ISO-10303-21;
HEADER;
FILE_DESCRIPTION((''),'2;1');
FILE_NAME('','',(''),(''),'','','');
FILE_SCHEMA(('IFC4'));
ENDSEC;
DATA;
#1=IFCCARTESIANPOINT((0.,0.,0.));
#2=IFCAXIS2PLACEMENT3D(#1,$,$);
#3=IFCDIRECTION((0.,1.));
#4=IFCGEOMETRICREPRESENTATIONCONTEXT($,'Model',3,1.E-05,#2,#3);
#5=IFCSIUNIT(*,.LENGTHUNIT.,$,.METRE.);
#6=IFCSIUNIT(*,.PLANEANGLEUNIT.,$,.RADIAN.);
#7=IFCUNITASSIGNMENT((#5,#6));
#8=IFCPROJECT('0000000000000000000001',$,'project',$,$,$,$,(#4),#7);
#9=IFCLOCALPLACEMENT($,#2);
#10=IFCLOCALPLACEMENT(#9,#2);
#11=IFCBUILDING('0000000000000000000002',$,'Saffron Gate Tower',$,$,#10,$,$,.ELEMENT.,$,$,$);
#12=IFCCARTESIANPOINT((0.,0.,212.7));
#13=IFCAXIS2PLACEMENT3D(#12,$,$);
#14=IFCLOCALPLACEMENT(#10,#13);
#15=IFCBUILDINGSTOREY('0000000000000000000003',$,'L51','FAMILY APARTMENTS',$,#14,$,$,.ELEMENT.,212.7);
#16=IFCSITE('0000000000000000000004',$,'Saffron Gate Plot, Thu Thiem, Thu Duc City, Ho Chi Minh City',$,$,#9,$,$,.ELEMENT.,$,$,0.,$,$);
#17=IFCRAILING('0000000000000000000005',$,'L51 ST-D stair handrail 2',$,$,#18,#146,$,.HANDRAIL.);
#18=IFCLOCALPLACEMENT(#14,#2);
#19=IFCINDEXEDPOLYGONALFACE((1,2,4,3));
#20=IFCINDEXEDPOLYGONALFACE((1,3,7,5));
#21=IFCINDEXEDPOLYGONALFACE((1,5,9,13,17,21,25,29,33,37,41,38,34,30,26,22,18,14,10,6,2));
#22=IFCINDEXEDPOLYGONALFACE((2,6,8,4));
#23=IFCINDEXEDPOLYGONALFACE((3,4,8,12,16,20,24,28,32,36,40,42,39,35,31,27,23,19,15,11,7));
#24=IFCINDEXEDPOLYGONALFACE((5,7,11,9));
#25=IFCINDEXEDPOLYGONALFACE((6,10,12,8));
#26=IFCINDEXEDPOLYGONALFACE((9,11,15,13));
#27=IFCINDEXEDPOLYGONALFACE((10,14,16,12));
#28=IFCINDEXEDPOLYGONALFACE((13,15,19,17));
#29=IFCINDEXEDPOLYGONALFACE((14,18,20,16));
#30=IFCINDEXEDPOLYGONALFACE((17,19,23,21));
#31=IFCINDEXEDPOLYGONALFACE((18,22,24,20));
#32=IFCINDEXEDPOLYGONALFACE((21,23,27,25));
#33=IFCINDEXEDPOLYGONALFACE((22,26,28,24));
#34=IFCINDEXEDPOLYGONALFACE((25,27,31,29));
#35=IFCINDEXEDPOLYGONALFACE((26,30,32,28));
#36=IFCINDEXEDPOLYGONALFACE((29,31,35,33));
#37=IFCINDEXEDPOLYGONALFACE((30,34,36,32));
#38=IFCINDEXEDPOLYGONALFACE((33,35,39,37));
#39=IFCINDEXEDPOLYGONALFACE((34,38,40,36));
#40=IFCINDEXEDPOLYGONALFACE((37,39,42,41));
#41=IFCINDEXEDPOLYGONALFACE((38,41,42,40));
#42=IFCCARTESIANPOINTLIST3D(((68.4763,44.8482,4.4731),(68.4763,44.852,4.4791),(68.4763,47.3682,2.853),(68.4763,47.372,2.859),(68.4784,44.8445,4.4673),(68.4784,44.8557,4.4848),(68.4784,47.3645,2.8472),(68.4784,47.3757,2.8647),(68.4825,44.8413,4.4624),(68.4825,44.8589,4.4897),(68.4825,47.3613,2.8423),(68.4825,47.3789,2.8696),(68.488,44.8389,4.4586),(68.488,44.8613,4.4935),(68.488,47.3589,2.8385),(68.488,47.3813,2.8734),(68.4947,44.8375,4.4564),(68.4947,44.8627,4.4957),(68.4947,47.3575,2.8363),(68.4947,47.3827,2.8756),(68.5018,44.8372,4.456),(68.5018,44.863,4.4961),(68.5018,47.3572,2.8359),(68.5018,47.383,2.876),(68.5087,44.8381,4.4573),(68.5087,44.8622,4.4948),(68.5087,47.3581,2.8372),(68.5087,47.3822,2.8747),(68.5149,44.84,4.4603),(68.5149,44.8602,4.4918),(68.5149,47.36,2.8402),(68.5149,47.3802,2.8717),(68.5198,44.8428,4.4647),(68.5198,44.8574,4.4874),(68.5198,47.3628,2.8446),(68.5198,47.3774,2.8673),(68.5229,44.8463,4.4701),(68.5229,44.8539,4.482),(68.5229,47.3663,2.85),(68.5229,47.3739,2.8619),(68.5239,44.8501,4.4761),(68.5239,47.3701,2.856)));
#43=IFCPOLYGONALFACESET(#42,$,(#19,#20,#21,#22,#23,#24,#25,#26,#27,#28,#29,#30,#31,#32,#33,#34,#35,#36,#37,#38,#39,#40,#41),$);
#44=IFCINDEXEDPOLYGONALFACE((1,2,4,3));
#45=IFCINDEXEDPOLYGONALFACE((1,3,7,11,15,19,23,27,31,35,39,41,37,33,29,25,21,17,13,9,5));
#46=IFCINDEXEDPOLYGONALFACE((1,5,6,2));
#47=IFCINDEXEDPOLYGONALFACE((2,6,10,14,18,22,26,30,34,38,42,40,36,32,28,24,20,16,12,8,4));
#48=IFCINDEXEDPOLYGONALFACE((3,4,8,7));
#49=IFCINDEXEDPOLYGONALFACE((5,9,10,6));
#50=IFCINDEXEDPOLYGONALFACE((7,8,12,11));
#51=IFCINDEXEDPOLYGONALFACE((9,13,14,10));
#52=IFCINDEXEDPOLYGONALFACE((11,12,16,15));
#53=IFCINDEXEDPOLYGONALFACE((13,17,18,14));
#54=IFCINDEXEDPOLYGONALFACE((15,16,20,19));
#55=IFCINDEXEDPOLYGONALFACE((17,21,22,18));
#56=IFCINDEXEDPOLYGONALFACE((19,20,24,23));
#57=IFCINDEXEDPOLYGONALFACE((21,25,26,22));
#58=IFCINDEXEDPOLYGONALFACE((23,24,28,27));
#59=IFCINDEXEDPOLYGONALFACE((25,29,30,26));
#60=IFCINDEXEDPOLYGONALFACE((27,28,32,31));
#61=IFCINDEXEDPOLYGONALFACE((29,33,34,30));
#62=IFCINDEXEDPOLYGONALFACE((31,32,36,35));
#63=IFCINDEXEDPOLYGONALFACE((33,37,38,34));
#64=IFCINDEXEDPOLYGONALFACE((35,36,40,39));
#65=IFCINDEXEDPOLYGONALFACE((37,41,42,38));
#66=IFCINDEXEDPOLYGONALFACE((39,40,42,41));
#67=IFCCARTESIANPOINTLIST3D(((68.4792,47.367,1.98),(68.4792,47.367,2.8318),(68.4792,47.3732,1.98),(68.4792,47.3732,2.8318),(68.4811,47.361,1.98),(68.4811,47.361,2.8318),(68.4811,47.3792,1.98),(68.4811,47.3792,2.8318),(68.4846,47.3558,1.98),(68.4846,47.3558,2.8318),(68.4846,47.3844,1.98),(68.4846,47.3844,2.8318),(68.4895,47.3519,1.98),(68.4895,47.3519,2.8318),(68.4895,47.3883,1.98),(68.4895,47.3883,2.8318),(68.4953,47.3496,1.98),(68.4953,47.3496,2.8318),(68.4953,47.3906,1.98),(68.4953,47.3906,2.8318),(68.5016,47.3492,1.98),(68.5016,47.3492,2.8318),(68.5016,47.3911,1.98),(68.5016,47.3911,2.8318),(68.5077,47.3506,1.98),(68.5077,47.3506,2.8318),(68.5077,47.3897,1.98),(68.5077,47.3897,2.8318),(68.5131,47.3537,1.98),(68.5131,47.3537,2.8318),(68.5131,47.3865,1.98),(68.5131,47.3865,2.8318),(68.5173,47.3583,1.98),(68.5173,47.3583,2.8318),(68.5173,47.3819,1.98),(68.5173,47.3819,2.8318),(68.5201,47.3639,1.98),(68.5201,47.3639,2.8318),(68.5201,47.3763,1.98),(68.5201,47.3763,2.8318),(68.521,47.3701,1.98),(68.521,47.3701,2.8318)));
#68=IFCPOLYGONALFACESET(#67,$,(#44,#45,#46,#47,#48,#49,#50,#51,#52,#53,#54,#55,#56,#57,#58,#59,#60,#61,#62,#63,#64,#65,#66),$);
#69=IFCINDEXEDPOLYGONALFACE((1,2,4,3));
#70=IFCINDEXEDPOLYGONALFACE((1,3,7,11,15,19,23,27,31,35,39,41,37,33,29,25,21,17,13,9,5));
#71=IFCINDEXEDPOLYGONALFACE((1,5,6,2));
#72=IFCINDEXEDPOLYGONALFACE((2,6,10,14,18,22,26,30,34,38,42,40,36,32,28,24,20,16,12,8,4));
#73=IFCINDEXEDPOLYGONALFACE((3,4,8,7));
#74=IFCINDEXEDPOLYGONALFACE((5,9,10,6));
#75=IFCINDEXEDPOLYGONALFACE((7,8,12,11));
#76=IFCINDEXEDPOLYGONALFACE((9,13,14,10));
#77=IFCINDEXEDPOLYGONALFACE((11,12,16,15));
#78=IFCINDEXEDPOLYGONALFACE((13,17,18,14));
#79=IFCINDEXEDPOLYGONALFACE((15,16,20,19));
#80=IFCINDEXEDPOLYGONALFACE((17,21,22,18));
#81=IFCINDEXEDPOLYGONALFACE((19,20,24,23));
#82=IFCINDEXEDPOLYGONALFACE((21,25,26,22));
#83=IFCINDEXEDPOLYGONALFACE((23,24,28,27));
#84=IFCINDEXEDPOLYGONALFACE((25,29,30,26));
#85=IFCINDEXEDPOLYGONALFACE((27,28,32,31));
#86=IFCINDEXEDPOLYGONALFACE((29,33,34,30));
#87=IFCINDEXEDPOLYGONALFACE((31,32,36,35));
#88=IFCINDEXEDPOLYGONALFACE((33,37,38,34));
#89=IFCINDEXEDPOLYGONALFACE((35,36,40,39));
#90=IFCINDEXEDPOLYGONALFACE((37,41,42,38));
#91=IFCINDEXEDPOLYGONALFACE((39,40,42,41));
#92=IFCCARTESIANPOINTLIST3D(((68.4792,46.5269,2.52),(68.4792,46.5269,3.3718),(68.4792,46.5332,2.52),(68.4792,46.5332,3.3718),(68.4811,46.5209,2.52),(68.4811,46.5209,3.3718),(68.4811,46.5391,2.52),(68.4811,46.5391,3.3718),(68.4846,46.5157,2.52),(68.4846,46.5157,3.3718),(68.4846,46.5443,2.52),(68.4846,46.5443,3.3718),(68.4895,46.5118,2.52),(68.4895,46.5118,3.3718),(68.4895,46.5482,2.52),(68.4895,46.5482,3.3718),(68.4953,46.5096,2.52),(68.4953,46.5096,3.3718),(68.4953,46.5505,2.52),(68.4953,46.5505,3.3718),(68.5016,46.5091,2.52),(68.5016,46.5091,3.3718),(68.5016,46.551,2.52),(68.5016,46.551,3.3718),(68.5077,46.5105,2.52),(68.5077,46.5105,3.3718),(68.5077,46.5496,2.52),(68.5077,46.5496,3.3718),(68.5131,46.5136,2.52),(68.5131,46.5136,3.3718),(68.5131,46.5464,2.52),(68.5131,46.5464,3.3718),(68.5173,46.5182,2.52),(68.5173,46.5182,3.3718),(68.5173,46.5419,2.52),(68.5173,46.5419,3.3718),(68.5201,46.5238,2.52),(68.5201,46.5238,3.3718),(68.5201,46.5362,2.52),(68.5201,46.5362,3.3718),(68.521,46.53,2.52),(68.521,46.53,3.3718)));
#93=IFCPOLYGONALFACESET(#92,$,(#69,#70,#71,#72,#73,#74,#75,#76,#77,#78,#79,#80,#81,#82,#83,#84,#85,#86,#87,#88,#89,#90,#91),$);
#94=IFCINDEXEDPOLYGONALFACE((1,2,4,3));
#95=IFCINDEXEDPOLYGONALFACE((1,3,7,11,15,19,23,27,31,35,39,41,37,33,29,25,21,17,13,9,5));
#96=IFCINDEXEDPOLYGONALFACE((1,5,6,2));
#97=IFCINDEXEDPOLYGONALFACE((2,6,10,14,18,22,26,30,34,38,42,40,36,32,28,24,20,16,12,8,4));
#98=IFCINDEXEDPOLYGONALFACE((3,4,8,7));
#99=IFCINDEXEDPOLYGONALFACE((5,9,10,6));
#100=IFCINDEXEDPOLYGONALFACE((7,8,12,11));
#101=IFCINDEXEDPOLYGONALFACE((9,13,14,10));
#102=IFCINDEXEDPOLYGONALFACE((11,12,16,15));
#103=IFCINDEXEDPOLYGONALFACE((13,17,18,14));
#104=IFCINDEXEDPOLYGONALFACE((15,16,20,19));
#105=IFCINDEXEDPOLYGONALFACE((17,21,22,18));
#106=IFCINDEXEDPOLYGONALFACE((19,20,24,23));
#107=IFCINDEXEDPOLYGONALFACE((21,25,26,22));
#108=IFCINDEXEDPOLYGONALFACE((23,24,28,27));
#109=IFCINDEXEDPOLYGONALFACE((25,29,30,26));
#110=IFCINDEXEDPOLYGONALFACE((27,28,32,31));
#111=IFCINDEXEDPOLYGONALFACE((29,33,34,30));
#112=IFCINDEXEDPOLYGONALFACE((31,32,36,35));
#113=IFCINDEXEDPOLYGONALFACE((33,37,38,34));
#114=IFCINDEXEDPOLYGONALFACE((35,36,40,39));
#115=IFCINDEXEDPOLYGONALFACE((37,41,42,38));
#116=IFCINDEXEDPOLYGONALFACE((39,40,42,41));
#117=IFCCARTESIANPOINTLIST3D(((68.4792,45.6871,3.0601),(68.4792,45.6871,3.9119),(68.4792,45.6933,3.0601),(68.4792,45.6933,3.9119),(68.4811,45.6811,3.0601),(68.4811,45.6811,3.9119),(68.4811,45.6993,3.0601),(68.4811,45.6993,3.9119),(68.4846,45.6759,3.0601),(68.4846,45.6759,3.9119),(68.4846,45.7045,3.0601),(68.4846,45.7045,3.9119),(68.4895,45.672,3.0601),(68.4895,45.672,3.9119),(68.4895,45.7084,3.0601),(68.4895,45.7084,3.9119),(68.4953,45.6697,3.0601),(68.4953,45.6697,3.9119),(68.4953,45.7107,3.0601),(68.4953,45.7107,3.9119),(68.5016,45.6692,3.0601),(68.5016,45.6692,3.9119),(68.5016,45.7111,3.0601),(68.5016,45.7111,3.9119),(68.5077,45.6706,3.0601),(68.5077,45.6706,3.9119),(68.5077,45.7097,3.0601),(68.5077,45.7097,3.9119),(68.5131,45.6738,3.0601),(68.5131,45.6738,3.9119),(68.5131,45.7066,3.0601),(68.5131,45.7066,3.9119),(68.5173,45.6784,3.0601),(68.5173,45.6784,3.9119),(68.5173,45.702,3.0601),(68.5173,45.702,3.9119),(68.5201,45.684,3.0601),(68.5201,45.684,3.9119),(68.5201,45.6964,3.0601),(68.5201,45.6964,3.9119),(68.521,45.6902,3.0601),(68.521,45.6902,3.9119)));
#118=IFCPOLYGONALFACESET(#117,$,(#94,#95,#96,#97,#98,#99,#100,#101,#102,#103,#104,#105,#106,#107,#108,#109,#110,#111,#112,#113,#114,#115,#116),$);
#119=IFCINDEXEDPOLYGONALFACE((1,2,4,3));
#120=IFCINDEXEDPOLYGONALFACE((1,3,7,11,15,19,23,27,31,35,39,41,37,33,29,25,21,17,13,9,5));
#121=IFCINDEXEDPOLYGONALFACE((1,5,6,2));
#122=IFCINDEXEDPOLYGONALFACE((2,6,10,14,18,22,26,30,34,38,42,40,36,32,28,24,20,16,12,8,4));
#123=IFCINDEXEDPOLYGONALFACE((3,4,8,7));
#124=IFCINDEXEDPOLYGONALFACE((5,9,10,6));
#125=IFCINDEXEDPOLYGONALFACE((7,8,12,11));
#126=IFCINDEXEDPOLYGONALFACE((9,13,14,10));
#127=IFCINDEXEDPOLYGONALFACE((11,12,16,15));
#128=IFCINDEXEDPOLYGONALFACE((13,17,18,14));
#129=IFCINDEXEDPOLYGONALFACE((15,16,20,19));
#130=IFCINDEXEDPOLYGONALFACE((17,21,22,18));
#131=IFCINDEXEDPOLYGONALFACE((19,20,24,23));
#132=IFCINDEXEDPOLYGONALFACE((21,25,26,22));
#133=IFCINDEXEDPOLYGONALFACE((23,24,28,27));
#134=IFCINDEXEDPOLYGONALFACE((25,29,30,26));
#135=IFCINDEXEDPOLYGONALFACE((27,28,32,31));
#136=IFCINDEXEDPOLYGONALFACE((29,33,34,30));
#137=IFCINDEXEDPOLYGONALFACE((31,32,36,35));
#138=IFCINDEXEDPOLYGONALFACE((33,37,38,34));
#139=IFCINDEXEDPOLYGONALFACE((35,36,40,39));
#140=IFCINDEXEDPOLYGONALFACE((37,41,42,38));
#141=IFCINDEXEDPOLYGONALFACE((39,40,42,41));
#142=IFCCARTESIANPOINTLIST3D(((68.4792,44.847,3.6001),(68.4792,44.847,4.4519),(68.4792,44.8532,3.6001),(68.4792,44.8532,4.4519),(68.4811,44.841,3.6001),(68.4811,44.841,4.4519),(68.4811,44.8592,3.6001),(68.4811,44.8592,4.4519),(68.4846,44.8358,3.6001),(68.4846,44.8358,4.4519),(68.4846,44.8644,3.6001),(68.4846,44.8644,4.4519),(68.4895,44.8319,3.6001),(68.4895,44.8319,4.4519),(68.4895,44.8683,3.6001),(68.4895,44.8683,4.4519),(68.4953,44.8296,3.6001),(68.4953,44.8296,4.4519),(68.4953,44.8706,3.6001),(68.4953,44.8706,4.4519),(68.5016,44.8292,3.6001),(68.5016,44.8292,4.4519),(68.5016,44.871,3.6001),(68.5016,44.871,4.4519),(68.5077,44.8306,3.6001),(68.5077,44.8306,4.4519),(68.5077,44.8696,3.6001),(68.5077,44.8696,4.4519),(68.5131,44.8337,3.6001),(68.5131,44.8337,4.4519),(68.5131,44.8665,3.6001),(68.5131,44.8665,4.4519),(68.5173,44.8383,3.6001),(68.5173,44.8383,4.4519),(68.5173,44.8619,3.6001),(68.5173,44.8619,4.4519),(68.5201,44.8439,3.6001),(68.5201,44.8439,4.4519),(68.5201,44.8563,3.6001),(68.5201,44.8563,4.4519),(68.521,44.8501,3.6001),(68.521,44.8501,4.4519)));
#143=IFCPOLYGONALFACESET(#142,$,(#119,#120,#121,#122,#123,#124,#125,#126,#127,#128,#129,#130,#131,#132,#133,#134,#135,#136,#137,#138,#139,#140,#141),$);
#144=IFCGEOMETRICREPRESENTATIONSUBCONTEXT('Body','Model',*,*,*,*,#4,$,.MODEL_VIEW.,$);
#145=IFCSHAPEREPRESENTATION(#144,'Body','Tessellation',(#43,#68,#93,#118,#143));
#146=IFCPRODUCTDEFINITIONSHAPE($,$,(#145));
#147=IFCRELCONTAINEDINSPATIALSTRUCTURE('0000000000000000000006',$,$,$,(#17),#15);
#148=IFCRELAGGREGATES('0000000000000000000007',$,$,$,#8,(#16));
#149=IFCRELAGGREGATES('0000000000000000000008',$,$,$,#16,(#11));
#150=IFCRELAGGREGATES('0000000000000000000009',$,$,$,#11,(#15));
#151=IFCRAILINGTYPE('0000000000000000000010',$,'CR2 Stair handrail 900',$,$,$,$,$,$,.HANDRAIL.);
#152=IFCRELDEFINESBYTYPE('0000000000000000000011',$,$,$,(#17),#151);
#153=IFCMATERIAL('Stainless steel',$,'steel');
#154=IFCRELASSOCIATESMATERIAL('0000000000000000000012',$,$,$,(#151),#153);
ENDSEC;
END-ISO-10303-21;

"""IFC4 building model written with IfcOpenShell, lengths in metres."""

from ifc_helpers import new_model, si_unit, direction, frame, origin, origin_2d, place, context, subcontext, project, spatial, circle, extrude, material, type_object, element, save


model = new_model("IFC4")

# Units and contexts
model_context = context("Model", 3, precision=1e-05, world=origin(), true_north=direction((0.0, 1.0)))
body_context = subcontext(model_context, "Body", "Model", "MODEL_VIEW")
ifc_project = project(units=[si_unit("LENGTHUNIT", "METRE"), si_unit("PLANEANGLEUNIT", "RADIAN")], contexts=[model_context])

# Site, building, storey
site_placement = place(None, origin())
site = spatial("IfcSite", under=ifc_project, at=site_placement, Name="Saffron Gate Plot, Thu Thiem, Thu Duc City, Ho Chi Minh City", CompositionType="ELEMENT", RefElevation=0.0)
building_placement = place(site_placement, origin())
building = spatial("IfcBuilding", under=site, at=building_placement, Name="Saffron Gate Tower", CompositionType="ELEMENT")
storey_placement = place(building_placement, frame((0.0, 0.0, 212.7)))
storey = spatial("IfcBuildingStorey", under=building, at=storey_placement, Name="L51", Description="FAMILY APARTMENTS", CompositionType="ELEMENT", Elevation=212.7)

# Railing
ifc_material_1 = material(Name="Stainless steel", Category="steel")
railing_type_1 = type_object("IfcRailingType", Name="CR2 Stair handrail 900", PredefinedType="HANDRAIL", material=ifc_material_1)
railing_1_placement = place(storey_placement, frame((68.5, 47.3701, 1.98)))
element("IfcRailing", 1, at=railing_1_placement, inside=storey, type_object=railing_type_1, Name="L51 ST-D stair handrail 2", PredefinedType="HANDRAIL", context=body_context, shape_type="SweptSolid", body=[
    extrude(circle(Radius=0.0239, at=origin_2d()), frame((0.0, 0.0, 0.876), z_axis=(0.0, -0.841163, 0.540782), x_axis=(1.0, 0.0, 0.0)), (0.0, 0.0, 1.0), 2.9958),
    extrude(circle(Radius=0.021, at=origin_2d()), origin(), (0.0, 0.0, 1.0), 0.8518),
    extrude(circle(Radius=0.021, at=origin_2d()), frame((0.0, -0.8401, 0.54)), (0.0, 0.0, 1.0), 0.8518),
    extrude(circle(Radius=0.021, at=origin_2d()), frame((0.0, -1.6799, 1.0801)), (0.0, 0.0, 1.0), 0.8518),
    extrude(circle(Radius=0.021, at=origin_2d()), frame((0.0, -2.52, 1.6201)), (0.0, 0.0, 1.0), 0.8518),
])

save(model, "model.ifc")
